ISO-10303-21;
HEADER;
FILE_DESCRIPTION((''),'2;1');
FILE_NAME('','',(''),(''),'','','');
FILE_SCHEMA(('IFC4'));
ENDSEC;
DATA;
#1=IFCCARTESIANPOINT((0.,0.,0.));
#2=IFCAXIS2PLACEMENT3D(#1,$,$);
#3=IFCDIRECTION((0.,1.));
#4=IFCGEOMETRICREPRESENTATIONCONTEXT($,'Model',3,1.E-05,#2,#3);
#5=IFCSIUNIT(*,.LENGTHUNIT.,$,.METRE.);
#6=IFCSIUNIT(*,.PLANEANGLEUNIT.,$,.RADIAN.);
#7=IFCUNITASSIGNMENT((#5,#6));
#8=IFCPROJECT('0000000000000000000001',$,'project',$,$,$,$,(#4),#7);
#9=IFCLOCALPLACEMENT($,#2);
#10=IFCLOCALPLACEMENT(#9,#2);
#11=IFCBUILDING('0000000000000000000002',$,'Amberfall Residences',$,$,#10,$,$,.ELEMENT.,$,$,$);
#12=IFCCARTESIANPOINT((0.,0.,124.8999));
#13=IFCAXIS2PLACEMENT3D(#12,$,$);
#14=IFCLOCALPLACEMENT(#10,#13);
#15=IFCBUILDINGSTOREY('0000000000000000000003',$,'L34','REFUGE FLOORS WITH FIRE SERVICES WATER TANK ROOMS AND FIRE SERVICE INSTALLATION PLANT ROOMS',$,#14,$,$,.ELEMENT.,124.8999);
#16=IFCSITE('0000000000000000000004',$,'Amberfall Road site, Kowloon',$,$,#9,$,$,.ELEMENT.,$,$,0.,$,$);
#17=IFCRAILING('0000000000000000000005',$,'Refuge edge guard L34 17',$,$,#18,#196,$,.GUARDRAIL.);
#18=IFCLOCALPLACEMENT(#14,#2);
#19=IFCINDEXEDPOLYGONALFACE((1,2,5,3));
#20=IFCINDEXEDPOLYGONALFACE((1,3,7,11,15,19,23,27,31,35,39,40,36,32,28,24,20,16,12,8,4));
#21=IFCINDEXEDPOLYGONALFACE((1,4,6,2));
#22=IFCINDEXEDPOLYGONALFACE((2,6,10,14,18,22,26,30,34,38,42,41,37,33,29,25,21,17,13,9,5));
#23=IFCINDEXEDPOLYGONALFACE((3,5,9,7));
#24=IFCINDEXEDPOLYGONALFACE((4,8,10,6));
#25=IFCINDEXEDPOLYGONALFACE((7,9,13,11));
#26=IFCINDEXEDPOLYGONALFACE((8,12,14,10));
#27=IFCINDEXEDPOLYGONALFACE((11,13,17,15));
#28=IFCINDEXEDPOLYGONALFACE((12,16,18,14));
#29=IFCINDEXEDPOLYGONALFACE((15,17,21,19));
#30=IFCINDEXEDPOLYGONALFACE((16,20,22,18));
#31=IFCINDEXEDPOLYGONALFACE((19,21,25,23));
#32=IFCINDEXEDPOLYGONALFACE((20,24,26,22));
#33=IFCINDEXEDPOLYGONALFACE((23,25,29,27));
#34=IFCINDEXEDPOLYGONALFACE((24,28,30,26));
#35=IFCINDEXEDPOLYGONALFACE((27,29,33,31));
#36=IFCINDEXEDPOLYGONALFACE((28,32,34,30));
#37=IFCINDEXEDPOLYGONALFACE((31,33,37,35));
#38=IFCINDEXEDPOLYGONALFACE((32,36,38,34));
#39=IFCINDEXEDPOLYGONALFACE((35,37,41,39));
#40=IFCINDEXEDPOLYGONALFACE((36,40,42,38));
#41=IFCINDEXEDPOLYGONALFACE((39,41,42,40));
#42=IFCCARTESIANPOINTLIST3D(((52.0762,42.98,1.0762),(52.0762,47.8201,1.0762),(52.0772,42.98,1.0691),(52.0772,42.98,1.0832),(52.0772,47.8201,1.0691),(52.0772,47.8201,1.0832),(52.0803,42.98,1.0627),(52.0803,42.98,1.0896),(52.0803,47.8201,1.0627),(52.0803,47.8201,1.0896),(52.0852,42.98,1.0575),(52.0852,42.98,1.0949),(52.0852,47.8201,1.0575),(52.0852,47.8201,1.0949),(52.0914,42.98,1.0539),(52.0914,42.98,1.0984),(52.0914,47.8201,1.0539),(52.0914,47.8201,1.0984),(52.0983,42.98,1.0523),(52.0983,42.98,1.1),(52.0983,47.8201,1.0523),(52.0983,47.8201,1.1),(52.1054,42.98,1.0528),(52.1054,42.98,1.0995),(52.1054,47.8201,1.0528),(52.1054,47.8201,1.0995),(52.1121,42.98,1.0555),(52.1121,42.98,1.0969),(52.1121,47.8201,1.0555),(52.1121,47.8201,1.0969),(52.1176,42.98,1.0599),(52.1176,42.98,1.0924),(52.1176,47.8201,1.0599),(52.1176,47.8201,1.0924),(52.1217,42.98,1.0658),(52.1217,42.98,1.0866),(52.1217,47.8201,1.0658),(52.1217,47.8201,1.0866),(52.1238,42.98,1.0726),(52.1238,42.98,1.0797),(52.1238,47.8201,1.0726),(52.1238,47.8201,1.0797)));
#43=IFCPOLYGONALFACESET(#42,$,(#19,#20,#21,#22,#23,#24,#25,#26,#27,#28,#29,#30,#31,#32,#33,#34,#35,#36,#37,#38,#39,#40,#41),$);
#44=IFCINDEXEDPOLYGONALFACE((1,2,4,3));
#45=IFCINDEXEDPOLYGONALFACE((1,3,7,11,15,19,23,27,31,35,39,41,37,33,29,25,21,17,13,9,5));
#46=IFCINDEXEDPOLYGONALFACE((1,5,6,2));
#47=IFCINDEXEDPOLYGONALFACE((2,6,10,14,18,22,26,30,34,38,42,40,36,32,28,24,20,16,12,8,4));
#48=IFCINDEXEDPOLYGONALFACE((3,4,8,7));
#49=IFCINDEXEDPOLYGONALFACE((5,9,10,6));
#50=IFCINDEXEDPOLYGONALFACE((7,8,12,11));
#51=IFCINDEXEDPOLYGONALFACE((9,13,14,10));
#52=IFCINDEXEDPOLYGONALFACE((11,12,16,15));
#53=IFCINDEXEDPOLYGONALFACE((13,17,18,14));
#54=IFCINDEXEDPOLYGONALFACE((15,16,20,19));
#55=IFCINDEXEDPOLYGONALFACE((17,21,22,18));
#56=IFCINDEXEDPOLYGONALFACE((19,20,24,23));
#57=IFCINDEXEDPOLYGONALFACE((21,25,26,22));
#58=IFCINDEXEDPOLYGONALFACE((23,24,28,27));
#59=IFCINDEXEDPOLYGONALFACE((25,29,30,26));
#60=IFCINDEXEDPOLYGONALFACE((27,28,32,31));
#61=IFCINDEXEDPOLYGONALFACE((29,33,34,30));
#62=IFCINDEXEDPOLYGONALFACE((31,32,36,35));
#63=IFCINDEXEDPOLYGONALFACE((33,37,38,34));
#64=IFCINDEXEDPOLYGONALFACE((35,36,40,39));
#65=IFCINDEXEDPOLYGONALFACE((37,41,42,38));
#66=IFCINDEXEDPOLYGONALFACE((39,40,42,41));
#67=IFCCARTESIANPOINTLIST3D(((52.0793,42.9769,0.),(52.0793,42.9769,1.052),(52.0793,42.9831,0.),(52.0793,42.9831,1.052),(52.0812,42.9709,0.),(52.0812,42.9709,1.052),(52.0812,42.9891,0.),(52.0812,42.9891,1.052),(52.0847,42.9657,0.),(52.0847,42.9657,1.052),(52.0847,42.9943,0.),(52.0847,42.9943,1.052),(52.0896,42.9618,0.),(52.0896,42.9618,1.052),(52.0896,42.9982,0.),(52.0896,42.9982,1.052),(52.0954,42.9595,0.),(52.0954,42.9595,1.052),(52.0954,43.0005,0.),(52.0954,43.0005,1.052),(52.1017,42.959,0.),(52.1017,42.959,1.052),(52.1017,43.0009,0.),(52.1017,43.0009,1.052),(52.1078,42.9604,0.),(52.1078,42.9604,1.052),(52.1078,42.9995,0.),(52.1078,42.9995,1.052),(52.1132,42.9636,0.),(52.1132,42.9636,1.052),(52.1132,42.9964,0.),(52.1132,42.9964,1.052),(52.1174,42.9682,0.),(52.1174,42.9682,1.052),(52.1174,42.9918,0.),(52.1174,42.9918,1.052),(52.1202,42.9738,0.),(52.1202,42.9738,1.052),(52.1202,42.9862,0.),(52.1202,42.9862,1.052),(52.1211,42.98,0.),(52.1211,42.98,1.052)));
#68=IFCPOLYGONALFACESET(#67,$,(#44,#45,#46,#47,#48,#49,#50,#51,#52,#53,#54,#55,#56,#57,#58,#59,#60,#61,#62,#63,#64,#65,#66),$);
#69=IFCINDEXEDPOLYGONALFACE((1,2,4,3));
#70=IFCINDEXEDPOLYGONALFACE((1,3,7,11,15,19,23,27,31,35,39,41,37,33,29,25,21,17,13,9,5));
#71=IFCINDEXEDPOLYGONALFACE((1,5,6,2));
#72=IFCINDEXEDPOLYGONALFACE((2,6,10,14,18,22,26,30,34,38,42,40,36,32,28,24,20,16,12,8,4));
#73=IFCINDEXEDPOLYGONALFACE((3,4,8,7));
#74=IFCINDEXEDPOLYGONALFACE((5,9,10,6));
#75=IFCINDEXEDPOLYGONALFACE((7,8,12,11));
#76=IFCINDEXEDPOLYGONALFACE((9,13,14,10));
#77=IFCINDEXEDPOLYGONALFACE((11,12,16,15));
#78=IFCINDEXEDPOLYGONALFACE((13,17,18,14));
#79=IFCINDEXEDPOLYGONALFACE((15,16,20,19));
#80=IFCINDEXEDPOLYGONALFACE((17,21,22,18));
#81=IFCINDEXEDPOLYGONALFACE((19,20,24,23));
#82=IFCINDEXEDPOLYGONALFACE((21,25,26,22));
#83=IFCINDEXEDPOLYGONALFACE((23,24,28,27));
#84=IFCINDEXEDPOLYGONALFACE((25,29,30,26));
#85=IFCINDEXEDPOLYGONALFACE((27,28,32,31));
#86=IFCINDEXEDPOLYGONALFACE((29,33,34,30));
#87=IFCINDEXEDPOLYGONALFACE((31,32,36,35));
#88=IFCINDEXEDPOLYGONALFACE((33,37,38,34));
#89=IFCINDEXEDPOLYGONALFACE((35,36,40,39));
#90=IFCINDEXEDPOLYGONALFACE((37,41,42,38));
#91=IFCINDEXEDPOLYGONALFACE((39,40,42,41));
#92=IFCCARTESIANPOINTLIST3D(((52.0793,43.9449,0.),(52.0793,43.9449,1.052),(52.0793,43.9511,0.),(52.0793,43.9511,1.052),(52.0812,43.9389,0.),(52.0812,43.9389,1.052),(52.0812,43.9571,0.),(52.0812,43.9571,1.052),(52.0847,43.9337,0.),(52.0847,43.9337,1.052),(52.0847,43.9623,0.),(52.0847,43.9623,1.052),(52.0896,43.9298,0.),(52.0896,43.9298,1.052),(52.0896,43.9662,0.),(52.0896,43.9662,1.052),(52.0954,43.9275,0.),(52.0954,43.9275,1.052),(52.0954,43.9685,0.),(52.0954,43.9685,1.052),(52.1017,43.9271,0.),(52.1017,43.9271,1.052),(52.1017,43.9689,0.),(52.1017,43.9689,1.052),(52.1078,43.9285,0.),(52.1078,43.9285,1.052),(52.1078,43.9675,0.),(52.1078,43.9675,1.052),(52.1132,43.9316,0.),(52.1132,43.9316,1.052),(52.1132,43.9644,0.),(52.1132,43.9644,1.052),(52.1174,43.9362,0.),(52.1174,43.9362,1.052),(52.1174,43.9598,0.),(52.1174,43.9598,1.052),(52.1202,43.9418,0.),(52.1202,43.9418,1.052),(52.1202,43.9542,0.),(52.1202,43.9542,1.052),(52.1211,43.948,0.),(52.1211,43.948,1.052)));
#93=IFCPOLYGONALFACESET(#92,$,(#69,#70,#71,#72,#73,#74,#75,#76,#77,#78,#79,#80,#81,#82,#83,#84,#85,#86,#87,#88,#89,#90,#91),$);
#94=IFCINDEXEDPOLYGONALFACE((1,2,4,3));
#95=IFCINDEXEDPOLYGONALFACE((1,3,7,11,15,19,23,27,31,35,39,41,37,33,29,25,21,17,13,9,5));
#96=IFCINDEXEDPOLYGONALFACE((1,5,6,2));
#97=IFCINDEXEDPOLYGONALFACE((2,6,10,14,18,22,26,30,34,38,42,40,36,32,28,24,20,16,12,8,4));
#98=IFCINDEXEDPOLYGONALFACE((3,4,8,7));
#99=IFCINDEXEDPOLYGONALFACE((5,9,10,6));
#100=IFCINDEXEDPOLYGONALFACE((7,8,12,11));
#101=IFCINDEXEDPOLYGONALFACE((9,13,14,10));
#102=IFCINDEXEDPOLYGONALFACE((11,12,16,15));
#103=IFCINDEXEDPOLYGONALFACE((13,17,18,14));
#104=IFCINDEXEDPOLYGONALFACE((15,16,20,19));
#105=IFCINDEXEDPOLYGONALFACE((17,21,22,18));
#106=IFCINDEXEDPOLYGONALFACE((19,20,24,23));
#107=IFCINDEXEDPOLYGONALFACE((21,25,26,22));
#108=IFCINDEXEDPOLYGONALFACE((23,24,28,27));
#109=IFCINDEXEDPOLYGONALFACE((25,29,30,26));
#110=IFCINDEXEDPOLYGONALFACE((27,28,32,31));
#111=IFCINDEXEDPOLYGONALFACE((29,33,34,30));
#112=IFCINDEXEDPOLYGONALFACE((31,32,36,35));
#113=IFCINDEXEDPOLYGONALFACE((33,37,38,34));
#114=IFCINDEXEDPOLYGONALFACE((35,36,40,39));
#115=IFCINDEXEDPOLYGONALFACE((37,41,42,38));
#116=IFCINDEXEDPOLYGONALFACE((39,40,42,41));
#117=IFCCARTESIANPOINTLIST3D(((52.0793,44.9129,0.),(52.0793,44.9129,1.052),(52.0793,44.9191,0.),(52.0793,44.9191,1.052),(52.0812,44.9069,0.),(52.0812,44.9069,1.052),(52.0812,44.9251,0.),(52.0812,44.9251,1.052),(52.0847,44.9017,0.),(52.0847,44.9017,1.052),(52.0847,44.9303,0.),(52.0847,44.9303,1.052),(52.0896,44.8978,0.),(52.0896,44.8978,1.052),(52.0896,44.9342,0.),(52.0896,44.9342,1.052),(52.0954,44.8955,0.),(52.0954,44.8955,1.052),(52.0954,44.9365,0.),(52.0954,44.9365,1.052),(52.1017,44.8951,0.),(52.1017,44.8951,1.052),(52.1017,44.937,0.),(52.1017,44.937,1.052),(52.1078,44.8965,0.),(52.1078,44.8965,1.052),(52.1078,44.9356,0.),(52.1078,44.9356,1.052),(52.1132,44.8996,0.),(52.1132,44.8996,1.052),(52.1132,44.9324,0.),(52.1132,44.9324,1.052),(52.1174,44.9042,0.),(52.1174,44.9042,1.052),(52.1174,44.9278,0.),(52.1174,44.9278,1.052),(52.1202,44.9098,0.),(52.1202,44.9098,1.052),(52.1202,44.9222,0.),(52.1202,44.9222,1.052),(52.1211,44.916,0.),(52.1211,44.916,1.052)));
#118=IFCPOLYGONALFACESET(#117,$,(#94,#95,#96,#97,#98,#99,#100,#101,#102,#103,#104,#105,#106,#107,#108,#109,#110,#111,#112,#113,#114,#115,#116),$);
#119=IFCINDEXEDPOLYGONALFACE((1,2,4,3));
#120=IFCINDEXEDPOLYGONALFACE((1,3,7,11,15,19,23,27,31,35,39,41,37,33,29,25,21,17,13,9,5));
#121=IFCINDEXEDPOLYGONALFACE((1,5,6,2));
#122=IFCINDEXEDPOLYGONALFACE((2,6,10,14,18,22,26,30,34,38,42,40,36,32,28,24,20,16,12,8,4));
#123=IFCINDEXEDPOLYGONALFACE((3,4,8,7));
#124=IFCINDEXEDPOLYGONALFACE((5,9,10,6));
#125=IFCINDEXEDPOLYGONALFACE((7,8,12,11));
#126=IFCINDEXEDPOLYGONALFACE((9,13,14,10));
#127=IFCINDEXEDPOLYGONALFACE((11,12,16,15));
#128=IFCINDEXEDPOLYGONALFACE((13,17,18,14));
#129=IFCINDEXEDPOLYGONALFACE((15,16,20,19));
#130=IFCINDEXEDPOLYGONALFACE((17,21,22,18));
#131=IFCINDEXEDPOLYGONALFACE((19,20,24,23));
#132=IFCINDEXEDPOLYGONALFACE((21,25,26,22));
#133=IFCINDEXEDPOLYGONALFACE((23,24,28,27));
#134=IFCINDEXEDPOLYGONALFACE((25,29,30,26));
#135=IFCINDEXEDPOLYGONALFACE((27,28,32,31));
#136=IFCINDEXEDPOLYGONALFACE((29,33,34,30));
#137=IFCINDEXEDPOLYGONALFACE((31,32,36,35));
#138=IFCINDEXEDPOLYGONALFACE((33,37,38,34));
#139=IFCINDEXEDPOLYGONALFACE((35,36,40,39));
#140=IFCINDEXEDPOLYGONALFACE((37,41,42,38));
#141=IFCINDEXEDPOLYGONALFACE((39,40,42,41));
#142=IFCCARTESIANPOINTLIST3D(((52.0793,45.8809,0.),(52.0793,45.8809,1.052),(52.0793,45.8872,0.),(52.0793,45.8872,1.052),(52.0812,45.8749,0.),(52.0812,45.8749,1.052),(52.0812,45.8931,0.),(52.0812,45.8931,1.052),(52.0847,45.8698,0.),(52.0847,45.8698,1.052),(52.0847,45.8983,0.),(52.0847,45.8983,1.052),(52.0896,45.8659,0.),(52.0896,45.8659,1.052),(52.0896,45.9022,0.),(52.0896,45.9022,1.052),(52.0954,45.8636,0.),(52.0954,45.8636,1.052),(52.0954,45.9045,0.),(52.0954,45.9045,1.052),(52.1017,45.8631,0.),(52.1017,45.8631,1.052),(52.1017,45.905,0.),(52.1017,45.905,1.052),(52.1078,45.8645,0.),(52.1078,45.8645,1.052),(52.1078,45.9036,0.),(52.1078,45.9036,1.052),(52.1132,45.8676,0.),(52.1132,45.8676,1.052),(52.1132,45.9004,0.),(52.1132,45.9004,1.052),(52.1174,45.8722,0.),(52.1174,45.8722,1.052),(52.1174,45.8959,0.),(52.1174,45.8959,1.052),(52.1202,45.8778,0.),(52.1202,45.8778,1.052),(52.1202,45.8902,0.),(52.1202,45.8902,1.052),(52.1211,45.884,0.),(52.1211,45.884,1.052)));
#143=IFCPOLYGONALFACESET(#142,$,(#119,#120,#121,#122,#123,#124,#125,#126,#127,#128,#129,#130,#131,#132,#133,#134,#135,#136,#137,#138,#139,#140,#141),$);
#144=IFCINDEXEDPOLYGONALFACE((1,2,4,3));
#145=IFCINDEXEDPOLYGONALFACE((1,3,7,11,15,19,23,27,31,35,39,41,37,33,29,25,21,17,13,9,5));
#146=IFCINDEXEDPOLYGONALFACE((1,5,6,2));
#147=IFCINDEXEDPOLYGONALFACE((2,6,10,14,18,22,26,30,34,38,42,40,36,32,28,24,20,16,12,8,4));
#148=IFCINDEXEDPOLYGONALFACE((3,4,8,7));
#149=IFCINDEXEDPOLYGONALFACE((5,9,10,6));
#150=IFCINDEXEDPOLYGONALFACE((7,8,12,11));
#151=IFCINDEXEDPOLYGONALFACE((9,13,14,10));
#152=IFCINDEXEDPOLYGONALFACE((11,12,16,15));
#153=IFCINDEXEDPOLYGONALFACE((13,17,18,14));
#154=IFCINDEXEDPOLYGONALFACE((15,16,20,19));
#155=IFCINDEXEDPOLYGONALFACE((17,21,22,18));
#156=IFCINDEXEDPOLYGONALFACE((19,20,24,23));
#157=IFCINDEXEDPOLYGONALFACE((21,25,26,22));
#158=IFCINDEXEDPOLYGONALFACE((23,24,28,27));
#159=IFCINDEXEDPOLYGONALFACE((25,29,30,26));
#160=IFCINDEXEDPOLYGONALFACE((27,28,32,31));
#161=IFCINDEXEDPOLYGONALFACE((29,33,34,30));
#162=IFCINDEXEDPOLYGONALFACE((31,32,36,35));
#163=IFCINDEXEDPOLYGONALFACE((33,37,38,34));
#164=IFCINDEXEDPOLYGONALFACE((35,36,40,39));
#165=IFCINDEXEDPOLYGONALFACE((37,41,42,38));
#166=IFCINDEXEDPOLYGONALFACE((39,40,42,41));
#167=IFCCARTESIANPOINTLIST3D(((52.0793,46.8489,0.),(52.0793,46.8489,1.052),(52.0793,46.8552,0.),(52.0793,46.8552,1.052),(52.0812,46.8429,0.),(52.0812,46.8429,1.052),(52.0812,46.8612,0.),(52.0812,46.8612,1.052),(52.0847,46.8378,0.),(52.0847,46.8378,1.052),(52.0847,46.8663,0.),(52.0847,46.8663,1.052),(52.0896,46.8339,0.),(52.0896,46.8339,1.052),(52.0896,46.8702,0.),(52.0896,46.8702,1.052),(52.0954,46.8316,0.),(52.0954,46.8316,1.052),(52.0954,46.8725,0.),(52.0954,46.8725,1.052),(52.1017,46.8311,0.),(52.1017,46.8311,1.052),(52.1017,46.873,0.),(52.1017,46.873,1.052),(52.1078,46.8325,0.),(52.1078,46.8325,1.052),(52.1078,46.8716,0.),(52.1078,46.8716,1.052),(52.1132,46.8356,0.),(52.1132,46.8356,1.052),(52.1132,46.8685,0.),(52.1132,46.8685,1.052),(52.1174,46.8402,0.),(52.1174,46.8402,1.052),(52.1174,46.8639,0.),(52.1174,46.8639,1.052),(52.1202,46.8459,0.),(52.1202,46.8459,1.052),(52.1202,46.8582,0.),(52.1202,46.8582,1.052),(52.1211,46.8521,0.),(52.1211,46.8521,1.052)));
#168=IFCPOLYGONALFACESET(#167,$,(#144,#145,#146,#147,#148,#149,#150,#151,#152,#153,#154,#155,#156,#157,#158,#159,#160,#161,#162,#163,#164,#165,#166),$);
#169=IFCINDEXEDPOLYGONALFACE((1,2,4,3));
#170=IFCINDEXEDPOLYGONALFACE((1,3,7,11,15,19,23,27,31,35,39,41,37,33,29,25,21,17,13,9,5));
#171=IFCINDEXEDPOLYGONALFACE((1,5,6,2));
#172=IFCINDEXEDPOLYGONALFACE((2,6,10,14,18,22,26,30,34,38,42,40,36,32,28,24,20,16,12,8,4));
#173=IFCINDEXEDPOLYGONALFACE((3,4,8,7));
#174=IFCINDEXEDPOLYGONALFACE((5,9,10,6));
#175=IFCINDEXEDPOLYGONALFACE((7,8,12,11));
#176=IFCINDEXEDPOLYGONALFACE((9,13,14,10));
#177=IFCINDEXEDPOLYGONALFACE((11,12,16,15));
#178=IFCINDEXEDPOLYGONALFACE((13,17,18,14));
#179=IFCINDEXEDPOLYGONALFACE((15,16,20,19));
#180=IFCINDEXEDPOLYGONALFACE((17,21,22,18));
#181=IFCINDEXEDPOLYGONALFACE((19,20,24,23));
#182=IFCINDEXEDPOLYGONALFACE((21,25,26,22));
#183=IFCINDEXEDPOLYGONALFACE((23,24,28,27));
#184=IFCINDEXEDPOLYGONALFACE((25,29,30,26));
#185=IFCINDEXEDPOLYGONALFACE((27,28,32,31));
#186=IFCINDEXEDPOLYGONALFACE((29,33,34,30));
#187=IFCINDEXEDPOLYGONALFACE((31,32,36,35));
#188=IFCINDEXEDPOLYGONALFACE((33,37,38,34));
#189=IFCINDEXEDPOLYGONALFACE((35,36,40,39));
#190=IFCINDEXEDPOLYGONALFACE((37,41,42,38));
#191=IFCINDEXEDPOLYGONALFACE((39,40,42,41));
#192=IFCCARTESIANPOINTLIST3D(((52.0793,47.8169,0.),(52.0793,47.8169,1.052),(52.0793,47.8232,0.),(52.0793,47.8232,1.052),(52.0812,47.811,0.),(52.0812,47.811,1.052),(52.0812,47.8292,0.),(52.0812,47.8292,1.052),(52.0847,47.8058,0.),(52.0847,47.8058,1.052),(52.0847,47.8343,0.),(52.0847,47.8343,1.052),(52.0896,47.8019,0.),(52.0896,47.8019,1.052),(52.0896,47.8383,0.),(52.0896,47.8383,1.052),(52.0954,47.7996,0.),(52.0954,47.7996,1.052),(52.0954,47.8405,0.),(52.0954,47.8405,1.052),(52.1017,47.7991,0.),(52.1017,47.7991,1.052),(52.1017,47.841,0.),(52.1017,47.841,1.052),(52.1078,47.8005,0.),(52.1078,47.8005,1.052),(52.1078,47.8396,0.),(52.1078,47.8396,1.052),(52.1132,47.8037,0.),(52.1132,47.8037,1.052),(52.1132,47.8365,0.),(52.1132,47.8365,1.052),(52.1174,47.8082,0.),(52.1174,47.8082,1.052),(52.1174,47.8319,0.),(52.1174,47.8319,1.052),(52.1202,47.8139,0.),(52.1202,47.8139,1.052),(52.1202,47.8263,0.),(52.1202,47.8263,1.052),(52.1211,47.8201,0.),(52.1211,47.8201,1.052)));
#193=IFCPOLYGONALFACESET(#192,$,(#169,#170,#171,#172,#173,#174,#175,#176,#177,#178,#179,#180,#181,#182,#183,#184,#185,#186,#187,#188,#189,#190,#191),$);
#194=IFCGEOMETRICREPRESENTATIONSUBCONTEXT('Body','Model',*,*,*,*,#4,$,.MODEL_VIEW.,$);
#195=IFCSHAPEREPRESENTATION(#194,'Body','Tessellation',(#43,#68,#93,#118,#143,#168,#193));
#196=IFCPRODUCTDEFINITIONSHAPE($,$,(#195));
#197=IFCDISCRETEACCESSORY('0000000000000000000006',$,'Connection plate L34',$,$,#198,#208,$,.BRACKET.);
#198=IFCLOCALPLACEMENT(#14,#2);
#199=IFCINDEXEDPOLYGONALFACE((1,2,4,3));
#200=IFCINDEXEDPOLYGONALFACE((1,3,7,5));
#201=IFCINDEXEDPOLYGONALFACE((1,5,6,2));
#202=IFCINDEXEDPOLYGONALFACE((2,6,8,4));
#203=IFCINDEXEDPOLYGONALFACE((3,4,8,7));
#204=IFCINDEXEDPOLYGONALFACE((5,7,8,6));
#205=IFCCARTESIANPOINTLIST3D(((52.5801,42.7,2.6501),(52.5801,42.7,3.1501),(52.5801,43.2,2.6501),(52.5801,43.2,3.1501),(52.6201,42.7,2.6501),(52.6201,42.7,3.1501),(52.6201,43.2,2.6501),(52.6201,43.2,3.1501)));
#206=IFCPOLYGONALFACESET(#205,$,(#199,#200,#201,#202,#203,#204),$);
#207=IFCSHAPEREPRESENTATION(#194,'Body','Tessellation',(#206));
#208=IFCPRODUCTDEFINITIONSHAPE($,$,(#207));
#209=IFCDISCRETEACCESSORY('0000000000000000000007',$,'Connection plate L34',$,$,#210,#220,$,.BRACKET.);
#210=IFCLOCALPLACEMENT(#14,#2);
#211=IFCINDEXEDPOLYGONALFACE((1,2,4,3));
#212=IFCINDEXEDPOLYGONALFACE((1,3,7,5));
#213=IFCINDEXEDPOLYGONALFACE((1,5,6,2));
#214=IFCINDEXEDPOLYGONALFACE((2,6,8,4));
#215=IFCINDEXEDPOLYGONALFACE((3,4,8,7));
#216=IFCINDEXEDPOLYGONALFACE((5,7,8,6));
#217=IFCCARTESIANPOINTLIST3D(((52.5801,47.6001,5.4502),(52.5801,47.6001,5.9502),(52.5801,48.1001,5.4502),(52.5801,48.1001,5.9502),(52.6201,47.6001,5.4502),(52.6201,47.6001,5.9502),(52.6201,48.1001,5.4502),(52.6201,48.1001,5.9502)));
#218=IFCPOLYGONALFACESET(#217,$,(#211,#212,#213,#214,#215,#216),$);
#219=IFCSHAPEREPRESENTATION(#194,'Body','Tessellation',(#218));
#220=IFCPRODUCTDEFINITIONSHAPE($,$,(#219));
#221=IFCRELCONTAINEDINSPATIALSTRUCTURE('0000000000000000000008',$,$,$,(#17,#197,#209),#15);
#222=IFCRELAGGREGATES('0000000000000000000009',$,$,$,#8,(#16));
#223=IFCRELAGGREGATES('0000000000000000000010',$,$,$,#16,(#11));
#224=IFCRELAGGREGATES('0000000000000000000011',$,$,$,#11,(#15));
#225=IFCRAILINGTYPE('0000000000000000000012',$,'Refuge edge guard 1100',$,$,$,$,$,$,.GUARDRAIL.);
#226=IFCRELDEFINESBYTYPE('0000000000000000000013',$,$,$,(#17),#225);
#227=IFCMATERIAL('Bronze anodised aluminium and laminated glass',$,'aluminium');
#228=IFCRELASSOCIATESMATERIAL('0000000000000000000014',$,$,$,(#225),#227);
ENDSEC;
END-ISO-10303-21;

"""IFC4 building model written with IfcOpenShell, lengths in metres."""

from ifc_helpers import new_model, si_unit, direction, frame, origin, origin_2d, place, context, subcontext, project, spatial, rectangle, circle, extrude, material, type_object, element, save


model = new_model("IFC4")

# Units and contexts
model_context = context("Model", 3, precision=1e-05, world=origin(), true_north=direction((0.0, 1.0)))
body_context = subcontext(model_context, "Body", "Model", "MODEL_VIEW")
ifc_project = project(units=[si_unit("LENGTHUNIT", "METRE"), si_unit("PLANEANGLEUNIT", "RADIAN")], contexts=[model_context])

# Site, building, storey
site_placement = place(None, origin())
site = spatial("IfcSite", under=ifc_project, at=site_placement, Name="Amberfall Road site, Kowloon", CompositionType="ELEMENT", RefElevation=0.0)
building_placement = place(site_placement, origin())
building = spatial("IfcBuilding", under=site, at=building_placement, Name="Amberfall Residences", CompositionType="ELEMENT")
storey_placement = place(building_placement, frame((0.0, 0.0, 124.8999)))
storey = spatial("IfcBuildingStorey", under=building, at=storey_placement, Name="L34", Description="REFUGE FLOORS WITH FIRE SERVICES WATER TANK ROOMS AND FIRE SERVICE INSTALLATION PLANT ROOMS", CompositionType="ELEMENT", Elevation=124.8999)

# Railing
ifc_material_1 = material(Name="Bronze anodised aluminium and laminated glass", Category="aluminium")
railing_type = type_object("IfcRailingType", Name="Refuge edge guard 1100", PredefinedType="GUARDRAIL", material=ifc_material_1)
railing_placement = place(storey_placement, frame((52.1001, 42.98, 0.0)))
element("IfcRailing", 1, at=railing_placement, inside=storey, type_object=railing_type, Name="Refuge edge guard L34 17", PredefinedType="GUARDRAIL", context=body_context, shape_type="SweptSolid", body=[
    extrude(circle(Radius=0.0239, at=origin_2d()), frame((0.0, 0.0, 1.0762), z_axis=(0.0, 1.0, 0.0), x_axis=(-1.0, 0.0, 0.0)), (0.0, 0.0, 1.0), 4.8401),
    extrude(circle(Radius=0.021, at=origin_2d()), origin(), (0.0, 0.0, 1.0), 1.052),
    extrude(circle(Radius=0.021, at=origin_2d()), frame((0.0, 0.968, 0.0)), (0.0, 0.0, 1.0), 1.052),
    extrude(circle(Radius=0.021, at=origin_2d()), frame((0.0, 1.936, 0.0)), (0.0, 0.0, 1.0), 1.052),
    extrude(circle(Radius=0.021, at=origin_2d()), frame((0.0, 2.9041, 0.0)), (0.0, 0.0, 1.0), 1.052),
    extrude(circle(Radius=0.021, at=origin_2d()), frame((0.0, 3.8721, 0.0)), (0.0, 0.0, 1.0), 1.052),
    extrude(circle(Radius=0.021, at=origin_2d()), frame((0.0, 4.8401, 0.0)), (0.0, 0.0, 1.0), 1.052),
])

# Discrete accessories
for number, where, z_axis, x_axis, name in (
    (2, (52.6001, 42.95, 2.6501), (0.0, 0.0, 1.0), (0.0, 1.0, 0.0), "Connection plate L34"),
    (3, (52.6001, 47.8501, 5.4502), (0.0, 0.0, 1.0), (0.0, 1.0, 0.0), "Connection plate L34"),
):
    element("IfcDiscreteAccessory", number, at=place(storey_placement, frame(where, z_axis=z_axis, x_axis=x_axis)), inside=storey, Name=name, PredefinedType="BRACKET", context=body_context, shape_type="SweptSolid", body=[
        extrude(rectangle(XDim=0.5, YDim=0.04, at=origin_2d()), origin(), (0.0, 0.0, 1.0), 0.5),
    ])

save(model, "model.ifc")
